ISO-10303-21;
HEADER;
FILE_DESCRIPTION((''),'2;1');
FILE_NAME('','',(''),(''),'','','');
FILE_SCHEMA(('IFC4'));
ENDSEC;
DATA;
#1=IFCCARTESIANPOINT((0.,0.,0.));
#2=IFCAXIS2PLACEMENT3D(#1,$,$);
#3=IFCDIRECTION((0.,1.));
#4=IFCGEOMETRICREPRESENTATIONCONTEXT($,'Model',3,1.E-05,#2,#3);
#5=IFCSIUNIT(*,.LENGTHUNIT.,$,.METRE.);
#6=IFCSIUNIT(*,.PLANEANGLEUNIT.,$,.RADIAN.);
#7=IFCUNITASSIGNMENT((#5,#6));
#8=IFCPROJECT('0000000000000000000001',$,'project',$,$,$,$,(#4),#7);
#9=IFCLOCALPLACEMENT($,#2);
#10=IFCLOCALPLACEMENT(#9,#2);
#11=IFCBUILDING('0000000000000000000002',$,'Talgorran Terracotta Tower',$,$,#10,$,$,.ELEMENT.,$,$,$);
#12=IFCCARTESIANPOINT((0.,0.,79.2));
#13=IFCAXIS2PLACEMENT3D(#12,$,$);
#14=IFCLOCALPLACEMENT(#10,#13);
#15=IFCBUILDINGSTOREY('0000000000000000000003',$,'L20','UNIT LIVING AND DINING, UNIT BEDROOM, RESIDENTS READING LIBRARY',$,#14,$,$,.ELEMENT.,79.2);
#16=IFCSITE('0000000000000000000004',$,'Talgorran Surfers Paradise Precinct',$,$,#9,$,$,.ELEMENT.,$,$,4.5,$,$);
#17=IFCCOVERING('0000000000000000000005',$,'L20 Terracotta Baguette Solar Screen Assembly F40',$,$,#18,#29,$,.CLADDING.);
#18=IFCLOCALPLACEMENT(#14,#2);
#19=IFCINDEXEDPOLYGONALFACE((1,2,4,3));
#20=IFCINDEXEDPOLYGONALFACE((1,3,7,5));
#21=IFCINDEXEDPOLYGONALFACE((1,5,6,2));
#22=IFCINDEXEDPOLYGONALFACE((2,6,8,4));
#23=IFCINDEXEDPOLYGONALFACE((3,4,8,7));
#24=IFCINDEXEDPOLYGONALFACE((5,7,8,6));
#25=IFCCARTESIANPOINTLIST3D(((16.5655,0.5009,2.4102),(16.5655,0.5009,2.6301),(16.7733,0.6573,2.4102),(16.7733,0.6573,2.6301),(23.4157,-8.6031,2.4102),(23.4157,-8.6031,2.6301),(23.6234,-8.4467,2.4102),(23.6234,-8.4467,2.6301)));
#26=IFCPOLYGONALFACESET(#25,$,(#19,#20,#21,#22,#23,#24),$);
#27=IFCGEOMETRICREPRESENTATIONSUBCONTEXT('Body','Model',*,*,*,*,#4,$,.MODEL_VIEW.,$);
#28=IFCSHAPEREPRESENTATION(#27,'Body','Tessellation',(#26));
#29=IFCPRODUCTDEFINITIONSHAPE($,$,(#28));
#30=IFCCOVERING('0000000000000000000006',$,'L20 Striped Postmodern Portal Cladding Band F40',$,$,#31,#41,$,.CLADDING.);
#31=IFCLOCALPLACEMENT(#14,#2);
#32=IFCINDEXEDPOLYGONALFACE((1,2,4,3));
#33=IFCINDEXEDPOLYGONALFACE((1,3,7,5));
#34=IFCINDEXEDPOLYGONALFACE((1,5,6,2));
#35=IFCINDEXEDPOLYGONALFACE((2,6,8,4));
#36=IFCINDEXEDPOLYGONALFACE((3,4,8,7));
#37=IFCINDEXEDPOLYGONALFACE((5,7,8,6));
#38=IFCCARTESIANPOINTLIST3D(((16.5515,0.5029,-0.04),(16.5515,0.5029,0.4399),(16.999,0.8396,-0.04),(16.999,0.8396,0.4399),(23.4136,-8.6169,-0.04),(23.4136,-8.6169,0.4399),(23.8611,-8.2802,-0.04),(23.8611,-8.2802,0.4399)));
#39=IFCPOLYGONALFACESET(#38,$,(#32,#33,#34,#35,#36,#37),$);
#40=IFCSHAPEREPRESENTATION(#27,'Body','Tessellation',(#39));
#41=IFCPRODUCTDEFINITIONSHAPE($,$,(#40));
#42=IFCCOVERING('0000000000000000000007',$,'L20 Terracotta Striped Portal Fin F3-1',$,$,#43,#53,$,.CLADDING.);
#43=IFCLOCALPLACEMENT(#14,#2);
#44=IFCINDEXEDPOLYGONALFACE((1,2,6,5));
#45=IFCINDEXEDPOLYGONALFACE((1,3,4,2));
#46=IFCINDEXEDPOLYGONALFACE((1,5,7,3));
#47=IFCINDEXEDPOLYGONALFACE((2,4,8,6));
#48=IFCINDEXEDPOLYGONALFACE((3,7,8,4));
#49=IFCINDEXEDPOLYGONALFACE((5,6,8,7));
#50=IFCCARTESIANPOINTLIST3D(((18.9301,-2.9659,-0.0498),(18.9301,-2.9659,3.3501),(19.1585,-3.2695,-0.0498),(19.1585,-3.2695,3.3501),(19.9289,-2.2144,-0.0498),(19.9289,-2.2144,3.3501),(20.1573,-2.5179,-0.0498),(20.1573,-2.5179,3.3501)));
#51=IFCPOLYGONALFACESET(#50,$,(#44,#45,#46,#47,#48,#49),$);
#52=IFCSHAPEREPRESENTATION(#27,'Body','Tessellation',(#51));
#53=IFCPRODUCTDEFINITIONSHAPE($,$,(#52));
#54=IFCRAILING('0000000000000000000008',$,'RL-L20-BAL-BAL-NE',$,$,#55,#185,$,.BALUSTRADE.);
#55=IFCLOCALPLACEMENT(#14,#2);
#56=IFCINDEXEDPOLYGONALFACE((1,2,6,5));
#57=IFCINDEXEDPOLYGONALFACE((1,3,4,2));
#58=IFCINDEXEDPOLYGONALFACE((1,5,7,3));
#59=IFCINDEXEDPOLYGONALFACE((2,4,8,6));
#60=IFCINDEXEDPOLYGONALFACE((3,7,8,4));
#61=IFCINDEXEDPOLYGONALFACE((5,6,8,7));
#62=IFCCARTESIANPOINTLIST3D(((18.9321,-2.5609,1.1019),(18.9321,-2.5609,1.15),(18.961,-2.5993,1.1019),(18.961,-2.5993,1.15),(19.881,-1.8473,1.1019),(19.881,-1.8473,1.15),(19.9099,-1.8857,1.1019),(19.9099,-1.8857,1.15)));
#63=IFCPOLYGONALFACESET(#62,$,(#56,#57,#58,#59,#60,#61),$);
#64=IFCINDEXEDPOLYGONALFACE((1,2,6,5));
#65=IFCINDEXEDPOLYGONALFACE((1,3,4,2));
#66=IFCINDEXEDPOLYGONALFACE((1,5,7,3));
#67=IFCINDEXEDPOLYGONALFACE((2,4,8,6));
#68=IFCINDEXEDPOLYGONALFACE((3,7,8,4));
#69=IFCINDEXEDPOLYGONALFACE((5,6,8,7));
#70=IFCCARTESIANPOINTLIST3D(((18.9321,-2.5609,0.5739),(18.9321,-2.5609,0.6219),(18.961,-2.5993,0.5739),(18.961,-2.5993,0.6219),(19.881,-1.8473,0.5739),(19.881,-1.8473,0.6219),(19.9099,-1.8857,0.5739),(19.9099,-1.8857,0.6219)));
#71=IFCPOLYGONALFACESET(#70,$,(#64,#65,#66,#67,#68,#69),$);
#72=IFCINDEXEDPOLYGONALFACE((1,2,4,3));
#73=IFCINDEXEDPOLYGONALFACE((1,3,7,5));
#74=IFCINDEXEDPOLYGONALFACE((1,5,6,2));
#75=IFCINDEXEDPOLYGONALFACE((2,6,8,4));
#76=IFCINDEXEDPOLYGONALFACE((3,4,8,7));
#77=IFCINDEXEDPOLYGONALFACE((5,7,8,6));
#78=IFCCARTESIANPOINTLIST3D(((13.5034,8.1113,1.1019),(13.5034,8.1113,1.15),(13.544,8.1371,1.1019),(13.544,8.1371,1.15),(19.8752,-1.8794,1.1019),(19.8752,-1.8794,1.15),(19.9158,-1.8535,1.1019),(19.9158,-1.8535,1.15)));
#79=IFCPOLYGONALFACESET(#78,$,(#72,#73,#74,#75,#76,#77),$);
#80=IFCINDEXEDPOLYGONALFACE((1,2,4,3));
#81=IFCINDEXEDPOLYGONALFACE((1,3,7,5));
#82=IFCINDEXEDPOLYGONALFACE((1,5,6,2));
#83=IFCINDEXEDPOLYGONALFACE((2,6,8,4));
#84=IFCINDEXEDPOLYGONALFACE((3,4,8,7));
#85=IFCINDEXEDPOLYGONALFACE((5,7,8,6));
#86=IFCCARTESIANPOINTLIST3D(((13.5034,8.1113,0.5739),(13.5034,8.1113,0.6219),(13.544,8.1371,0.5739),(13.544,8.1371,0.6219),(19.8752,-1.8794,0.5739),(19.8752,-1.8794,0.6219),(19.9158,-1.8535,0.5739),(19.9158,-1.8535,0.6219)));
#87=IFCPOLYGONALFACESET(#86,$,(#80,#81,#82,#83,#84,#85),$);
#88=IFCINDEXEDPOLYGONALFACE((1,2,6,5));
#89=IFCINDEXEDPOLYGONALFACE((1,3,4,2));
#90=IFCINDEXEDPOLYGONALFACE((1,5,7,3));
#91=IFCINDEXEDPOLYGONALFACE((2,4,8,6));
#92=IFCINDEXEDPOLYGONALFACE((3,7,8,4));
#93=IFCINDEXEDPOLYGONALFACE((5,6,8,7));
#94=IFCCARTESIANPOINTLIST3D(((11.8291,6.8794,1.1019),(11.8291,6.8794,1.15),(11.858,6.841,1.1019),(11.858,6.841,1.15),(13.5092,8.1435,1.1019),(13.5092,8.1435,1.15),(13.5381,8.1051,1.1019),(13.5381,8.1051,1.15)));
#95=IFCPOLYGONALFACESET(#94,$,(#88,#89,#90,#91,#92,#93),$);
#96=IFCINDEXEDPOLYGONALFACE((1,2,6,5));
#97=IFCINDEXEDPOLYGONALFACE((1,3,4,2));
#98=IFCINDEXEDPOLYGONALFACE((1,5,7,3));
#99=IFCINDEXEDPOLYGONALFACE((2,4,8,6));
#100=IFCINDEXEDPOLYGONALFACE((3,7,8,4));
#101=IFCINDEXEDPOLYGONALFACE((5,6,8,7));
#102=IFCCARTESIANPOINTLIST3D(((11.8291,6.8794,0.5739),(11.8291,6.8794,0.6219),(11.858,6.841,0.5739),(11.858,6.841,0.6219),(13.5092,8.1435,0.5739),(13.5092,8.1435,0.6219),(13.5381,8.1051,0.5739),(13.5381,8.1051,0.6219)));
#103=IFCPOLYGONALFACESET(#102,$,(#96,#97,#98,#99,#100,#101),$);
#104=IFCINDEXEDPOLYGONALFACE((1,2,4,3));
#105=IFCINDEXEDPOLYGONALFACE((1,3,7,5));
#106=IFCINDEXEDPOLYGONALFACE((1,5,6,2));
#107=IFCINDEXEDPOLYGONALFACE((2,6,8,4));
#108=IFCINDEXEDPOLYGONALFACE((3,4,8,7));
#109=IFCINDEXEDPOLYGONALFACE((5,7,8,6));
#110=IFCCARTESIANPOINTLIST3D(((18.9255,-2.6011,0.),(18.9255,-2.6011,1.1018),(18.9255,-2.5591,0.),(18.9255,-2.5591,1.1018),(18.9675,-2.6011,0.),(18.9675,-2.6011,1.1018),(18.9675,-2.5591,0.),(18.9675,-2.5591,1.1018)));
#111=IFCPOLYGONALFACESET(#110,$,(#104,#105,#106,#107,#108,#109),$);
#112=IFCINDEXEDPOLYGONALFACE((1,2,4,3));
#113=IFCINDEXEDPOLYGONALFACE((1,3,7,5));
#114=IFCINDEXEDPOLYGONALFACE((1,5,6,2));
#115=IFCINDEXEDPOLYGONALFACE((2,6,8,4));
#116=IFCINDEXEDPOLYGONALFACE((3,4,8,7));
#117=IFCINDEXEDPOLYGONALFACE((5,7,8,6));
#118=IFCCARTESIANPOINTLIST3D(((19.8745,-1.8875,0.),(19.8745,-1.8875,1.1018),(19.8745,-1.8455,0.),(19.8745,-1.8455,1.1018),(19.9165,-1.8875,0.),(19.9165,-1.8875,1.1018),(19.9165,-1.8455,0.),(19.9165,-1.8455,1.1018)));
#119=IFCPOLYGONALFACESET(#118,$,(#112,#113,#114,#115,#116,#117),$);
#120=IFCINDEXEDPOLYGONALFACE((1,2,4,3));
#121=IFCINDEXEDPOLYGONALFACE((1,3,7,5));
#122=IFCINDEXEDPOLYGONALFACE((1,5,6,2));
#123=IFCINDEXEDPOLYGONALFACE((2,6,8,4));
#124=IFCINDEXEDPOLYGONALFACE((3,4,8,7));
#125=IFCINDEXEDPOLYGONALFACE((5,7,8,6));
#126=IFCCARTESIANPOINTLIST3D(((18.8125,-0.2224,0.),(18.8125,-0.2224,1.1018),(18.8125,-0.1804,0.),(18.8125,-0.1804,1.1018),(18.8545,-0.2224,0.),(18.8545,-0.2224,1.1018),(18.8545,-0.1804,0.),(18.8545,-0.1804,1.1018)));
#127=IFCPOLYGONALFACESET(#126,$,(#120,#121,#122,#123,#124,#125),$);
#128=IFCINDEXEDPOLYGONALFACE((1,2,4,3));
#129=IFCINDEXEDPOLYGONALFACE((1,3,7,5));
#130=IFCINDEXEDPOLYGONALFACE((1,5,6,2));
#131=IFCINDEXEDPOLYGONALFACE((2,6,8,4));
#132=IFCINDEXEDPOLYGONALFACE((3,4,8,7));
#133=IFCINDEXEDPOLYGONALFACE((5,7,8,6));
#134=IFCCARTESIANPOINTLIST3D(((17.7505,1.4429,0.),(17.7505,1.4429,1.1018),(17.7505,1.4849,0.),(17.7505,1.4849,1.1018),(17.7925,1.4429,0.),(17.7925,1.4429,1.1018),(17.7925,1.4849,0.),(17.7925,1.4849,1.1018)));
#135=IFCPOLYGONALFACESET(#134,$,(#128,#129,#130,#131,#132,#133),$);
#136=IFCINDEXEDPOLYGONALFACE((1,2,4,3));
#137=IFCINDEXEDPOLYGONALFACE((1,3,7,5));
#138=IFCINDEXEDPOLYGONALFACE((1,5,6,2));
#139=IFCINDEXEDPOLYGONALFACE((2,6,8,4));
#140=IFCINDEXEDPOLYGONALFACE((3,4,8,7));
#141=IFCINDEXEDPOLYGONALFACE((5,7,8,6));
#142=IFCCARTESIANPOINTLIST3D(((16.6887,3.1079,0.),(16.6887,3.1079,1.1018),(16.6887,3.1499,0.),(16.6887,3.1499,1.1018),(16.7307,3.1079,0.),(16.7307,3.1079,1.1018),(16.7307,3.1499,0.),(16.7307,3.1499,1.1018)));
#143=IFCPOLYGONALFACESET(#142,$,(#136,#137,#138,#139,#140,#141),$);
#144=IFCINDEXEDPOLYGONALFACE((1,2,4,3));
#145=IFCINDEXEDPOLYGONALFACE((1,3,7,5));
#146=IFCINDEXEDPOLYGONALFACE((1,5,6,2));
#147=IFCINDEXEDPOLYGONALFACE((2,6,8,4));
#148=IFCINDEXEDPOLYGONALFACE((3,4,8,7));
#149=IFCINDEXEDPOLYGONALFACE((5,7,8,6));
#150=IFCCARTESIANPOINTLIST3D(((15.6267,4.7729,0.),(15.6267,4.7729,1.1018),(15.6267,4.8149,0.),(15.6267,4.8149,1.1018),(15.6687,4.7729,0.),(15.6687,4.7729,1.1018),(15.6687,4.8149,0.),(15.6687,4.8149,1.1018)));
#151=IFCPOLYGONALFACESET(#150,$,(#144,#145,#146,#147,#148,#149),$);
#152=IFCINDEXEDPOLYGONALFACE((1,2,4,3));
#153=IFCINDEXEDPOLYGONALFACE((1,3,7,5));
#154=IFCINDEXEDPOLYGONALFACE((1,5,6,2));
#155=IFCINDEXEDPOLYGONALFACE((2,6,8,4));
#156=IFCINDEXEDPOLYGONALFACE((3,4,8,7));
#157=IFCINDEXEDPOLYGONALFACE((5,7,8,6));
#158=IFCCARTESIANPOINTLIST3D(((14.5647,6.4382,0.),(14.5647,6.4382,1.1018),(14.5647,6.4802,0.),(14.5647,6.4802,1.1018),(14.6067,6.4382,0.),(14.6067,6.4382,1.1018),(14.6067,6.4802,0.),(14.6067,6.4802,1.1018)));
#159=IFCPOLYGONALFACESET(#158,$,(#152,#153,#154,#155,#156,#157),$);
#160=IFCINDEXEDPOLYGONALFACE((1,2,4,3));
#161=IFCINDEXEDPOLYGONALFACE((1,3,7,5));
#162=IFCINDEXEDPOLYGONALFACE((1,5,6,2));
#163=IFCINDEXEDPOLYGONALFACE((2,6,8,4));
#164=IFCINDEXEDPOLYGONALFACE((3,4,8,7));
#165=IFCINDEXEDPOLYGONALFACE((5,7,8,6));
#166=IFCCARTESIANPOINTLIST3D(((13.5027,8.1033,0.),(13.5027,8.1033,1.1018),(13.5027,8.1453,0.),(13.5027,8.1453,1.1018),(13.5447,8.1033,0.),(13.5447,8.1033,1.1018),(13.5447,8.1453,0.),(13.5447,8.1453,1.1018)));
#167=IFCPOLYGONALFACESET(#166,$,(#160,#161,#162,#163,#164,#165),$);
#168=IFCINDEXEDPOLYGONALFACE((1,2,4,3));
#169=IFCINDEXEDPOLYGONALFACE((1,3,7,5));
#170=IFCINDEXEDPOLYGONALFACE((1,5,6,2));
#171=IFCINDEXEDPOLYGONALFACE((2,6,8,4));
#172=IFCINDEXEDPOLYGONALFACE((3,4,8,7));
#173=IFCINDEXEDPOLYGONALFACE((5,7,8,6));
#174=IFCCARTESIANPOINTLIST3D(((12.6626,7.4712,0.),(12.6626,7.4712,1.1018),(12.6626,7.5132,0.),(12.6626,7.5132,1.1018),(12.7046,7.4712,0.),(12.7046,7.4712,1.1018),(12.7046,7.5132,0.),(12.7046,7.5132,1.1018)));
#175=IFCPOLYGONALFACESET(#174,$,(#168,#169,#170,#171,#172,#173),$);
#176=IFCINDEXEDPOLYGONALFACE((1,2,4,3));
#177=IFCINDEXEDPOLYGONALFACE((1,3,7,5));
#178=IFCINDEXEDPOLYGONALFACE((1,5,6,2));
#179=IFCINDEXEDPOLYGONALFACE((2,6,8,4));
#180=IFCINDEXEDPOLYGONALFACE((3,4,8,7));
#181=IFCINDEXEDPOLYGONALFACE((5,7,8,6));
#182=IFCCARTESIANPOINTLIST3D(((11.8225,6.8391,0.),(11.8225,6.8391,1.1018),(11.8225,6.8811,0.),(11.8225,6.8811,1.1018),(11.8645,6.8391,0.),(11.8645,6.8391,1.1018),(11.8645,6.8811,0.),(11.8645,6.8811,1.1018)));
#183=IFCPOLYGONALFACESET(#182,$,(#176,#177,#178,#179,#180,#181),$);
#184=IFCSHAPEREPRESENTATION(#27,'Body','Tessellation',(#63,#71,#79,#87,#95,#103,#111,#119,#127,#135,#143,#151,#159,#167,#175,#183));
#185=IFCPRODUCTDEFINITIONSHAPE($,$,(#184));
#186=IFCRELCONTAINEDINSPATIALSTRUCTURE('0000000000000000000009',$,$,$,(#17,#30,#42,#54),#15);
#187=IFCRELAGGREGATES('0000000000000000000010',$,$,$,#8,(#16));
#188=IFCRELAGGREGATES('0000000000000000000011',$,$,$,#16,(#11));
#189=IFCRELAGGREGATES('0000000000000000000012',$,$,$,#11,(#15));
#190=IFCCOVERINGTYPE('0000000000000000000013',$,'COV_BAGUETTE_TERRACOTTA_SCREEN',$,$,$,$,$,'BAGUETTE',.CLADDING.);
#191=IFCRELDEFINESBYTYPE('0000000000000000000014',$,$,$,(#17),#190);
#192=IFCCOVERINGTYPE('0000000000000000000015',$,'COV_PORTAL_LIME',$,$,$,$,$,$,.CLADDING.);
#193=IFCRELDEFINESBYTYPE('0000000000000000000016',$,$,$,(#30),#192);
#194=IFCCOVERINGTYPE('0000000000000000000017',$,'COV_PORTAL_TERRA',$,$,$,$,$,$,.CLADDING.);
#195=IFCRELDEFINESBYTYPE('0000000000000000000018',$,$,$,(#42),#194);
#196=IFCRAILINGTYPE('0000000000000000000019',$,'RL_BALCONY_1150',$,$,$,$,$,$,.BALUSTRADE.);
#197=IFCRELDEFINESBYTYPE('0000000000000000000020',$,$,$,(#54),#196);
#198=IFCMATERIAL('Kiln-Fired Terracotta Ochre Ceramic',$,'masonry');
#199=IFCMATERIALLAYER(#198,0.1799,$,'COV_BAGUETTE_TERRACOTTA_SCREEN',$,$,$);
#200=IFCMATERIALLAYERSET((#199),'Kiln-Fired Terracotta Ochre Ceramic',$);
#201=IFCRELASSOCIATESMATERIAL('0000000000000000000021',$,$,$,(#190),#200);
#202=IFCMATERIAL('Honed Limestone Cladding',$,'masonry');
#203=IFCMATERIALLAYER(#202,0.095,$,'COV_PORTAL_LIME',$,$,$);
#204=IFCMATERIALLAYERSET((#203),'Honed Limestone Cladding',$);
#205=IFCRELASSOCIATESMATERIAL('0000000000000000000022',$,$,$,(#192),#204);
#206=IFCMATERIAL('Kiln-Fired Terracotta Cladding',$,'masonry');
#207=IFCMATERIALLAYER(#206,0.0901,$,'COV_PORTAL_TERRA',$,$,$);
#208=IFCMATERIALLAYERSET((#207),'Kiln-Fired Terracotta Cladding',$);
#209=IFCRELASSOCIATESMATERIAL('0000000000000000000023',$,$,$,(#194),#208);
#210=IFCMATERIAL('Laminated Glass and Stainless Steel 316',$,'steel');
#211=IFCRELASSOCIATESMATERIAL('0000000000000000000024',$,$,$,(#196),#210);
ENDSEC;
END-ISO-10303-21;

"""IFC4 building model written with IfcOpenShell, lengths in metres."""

from ifc_helpers import new_model, si_unit, direction, frame, origin, origin_2d, place, context, subcontext, project, spatial, rectangle, extrude, material, layer, layer_set, type_object, element, save


model = new_model("IFC4")

# Units and contexts
model_context = context("Model", 3, precision=1e-05, world=origin(), true_north=direction((0.0, 1.0)))
body_context = subcontext(model_context, "Body", "Model", "MODEL_VIEW")
ifc_project = project(units=[si_unit("LENGTHUNIT", "METRE"), si_unit("PLANEANGLEUNIT", "RADIAN")], contexts=[model_context])

# Site, building, storey
site_placement = place(None, origin())
site = spatial("IfcSite", under=ifc_project, at=site_placement, Name="Talgorran Surfers Paradise Precinct", CompositionType="ELEMENT", RefElevation=4.5)
building_placement = place(site_placement, origin())
building = spatial("IfcBuilding", under=site, at=building_placement, Name="Talgorran Terracotta Tower", CompositionType="ELEMENT")
storey_placement = place(building_placement, frame((0.0, 0.0, 79.2)))
storey = spatial("IfcBuildingStorey", under=building, at=storey_placement, Name="L20", Description="UNIT LIVING AND DINING, UNIT BEDROOM, RESIDENTS READING LIBRARY", CompositionType="ELEMENT", Elevation=79.2)

# Coverings
ifc_material_1 = material(Name="Kiln-Fired Terracotta Ochre Ceramic", Category="masonry")
ifc_layer_1 = layer(ifc_material_1, 0.1799, Name="COV_BAGUETTE_TERRACOTTA_SCREEN")
ifc_layer_set_1 = layer_set([ifc_layer_1], Name="Kiln-Fired Terracotta Ochre Ceramic")
covering_type_1 = type_object("IfcCoveringType", Name="COV_BAGUETTE_TERRACOTTA_SCREEN", ElementType="BAGUETTE", PredefinedType="CLADDING", material=ifc_layer_set_1)
covering_1_placement = place(storey_placement, frame((20.0945, -3.9729, 2.4102), z_axis=(0.0, 0.0, 1.0), x_axis=(-0.601243, 0.799066, 0.0)))
element("IfcCovering", 1, at=covering_1_placement, inside=storey, type_object=covering_type_1, Name="L20 Terracotta Baguette Solar Screen Assembly F40", PredefinedType="CLADDING", context=body_context, shape_type="SweptSolid", body=[
    extrude(rectangle(XDim=11.3933, YDim=0.26, at=origin_2d()), origin(), (0.0, 0.0, 1.0), 0.22),
])
ifc_material_2 = material(Name="Honed Limestone Cladding", Category="masonry")
ifc_layer_2 = layer(ifc_material_2, 0.095, Name="COV_PORTAL_LIME")
ifc_layer_set_2 = layer_set([ifc_layer_2], Name="Honed Limestone Cladding")
covering_type_2 = type_object("IfcCoveringType", Name="COV_PORTAL_LIME", PredefinedType="CLADDING", material=ifc_layer_set_2)
covering_2_placement = place(storey_placement, frame((20.2063, -3.8887, -0.04), z_axis=(0.0, 0.0, 1.0), x_axis=(-0.601243, 0.799066, 0.0)))
element("IfcCovering", 2, at=covering_2_placement, inside=storey, type_object=covering_type_2, Name="L20 Striped Postmodern Portal Cladding Band F40", PredefinedType="CLADDING", context=body_context, shape_type="SweptSolid", body=[
    extrude(rectangle(XDim=11.4131, YDim=0.5601, at=origin_2d()), origin(), (0.0, 0.0, 1.0), 0.48),
])
ifc_material_3 = material(Name="Kiln-Fired Terracotta Cladding", Category="masonry")
ifc_layer_3 = layer(ifc_material_3, 0.0901, Name="COV_PORTAL_TERRA")
ifc_layer_set_3 = layer_set([ifc_layer_3], Name="Kiln-Fired Terracotta Cladding")
covering_type_3 = type_object("IfcCoveringType", Name="COV_PORTAL_TERRA", PredefinedType="CLADDING", material=ifc_layer_set_3)
covering_3_placement = place(storey_placement, frame((19.5437, -2.7419, -0.0498), z_axis=(0.0, 0.0, 1.0), x_axis=(-0.601243, 0.799066, 0.0)))
element("IfcCovering", 3, at=covering_3_placement, inside=storey, type_object=covering_type_3, Name="L20 Terracotta Striped Portal Fin F3-1", PredefinedType="CLADDING", context=body_context, shape_type="SweptSolid", body=[
    extrude(rectangle(XDim=0.3799, YDim=1.25, at=origin_2d()), origin(), (0.0, 0.0, 1.0), 3.3999),
])

# Railing
ifc_material_4 = material(Name="Laminated Glass and Stainless Steel 316", Category="steel")
railing_type = type_object("IfcRailingType", Name="RL_BALCONY_1150", PredefinedType="BALUSTRADE", material=ifc_material_4)
railing_placement = place(storey_placement, frame((18.9465, -2.5801, 0.0)))
element("IfcRailing", 4, at=railing_placement, inside=storey, type_object=railing_type, Name="RL-L20-BAL-BAL-NE", PredefinedType="BALUSTRADE", context=body_context, shape_type="SweptSolid", body=[
    extrude(rectangle(XDim=0.0481, YDim=0.0481, at=origin_2d()), frame((0.0, 0.0, 1.126), z_axis=(0.799234, 0.601019, 0.0), x_axis=(-0.601019, 0.799234, 0.0)), (0.0, 0.0, 1.0), 1.1873),
    extrude(rectangle(XDim=0.0481, YDim=0.0481, at=origin_2d()), frame((0.0, 0.0, 0.5979), z_axis=(0.799234, 0.601019, 0.0), x_axis=(-0.601019, 0.799234, 0.0)), (0.0, 0.0, 1.0), 1.1873),
    extrude(rectangle(XDim=0.0481, YDim=0.0481, at=origin_2d()), frame((0.949, 0.7136, 1.126), z_axis=(-0.537722, 0.843122, 0.0), x_axis=(-0.843122, -0.537722, 0.0)), (0.0, 0.0, 1.0), 11.8496),
    extrude(rectangle(XDim=0.0481, YDim=0.0481, at=origin_2d()), frame((0.949, 0.7136, 0.5979), z_axis=(-0.537722, 0.843122, 0.0), x_axis=(-0.843122, -0.537722, 0.0)), (0.0, 0.0, 1.0), 11.8496),
    extrude(rectangle(XDim=0.0481, YDim=0.0481, at=origin_2d()), frame((-5.4229, 10.7043, 1.126), z_axis=(-0.799079, -0.601225, 0.0), x_axis=(0.601225, -0.799079, 0.0)), (0.0, 0.0, 1.0), 2.1025),
    extrude(rectangle(XDim=0.0481, YDim=0.0481, at=origin_2d()), frame((-5.4229, 10.7043, 0.5979), z_axis=(-0.799079, -0.601225, 0.0), x_axis=(0.601225, -0.799079, 0.0)), (0.0, 0.0, 1.0), 2.1025),
    extrude(rectangle(XDim=0.042, YDim=0.042, at=origin_2d()), origin(), (0.0, 0.0, 1.0), 1.1018),
    extrude(rectangle(XDim=0.042, YDim=0.042, at=origin_2d()), frame((0.949, 0.7136, 0.0)), (0.0, 0.0, 1.0), 1.1018),
    extrude(rectangle(XDim=0.042, YDim=0.042, at=origin_2d()), frame((-0.113, 2.3787, 0.0)), (0.0, 0.0, 1.0), 1.1018),
    extrude(rectangle(XDim=0.042, YDim=0.042, at=origin_2d()), frame((-1.175, 4.0439, 0.0)), (0.0, 0.0, 1.0), 1.1018),
    extrude(rectangle(XDim=0.042, YDim=0.042, at=origin_2d()), frame((-2.2368, 5.709, 0.0)), (0.0, 0.0, 1.0), 1.1018),
    extrude(rectangle(XDim=0.042, YDim=0.042, at=origin_2d()), frame((-3.2988, 7.374, 0.0)), (0.0, 0.0, 1.0), 1.1018),
    extrude(rectangle(XDim=0.042, YDim=0.042, at=origin_2d()), frame((-4.3608, 9.0393, 0.0)), (0.0, 0.0, 1.0), 1.1018),
    extrude(rectangle(XDim=0.042, YDim=0.042, at=origin_2d()), frame((-5.4229, 10.7043, 0.0)), (0.0, 0.0, 1.0), 1.1018),
    extrude(rectangle(XDim=0.042, YDim=0.042, at=origin_2d()), frame((-6.2629, 10.0723, 0.0)), (0.0, 0.0, 1.0), 1.1018),
    extrude(rectangle(XDim=0.042, YDim=0.042, at=origin_2d()), frame((-7.103, 9.4402, 0.0)), (0.0, 0.0, 1.0), 1.1018),
])

save(model, "model.ifc")
